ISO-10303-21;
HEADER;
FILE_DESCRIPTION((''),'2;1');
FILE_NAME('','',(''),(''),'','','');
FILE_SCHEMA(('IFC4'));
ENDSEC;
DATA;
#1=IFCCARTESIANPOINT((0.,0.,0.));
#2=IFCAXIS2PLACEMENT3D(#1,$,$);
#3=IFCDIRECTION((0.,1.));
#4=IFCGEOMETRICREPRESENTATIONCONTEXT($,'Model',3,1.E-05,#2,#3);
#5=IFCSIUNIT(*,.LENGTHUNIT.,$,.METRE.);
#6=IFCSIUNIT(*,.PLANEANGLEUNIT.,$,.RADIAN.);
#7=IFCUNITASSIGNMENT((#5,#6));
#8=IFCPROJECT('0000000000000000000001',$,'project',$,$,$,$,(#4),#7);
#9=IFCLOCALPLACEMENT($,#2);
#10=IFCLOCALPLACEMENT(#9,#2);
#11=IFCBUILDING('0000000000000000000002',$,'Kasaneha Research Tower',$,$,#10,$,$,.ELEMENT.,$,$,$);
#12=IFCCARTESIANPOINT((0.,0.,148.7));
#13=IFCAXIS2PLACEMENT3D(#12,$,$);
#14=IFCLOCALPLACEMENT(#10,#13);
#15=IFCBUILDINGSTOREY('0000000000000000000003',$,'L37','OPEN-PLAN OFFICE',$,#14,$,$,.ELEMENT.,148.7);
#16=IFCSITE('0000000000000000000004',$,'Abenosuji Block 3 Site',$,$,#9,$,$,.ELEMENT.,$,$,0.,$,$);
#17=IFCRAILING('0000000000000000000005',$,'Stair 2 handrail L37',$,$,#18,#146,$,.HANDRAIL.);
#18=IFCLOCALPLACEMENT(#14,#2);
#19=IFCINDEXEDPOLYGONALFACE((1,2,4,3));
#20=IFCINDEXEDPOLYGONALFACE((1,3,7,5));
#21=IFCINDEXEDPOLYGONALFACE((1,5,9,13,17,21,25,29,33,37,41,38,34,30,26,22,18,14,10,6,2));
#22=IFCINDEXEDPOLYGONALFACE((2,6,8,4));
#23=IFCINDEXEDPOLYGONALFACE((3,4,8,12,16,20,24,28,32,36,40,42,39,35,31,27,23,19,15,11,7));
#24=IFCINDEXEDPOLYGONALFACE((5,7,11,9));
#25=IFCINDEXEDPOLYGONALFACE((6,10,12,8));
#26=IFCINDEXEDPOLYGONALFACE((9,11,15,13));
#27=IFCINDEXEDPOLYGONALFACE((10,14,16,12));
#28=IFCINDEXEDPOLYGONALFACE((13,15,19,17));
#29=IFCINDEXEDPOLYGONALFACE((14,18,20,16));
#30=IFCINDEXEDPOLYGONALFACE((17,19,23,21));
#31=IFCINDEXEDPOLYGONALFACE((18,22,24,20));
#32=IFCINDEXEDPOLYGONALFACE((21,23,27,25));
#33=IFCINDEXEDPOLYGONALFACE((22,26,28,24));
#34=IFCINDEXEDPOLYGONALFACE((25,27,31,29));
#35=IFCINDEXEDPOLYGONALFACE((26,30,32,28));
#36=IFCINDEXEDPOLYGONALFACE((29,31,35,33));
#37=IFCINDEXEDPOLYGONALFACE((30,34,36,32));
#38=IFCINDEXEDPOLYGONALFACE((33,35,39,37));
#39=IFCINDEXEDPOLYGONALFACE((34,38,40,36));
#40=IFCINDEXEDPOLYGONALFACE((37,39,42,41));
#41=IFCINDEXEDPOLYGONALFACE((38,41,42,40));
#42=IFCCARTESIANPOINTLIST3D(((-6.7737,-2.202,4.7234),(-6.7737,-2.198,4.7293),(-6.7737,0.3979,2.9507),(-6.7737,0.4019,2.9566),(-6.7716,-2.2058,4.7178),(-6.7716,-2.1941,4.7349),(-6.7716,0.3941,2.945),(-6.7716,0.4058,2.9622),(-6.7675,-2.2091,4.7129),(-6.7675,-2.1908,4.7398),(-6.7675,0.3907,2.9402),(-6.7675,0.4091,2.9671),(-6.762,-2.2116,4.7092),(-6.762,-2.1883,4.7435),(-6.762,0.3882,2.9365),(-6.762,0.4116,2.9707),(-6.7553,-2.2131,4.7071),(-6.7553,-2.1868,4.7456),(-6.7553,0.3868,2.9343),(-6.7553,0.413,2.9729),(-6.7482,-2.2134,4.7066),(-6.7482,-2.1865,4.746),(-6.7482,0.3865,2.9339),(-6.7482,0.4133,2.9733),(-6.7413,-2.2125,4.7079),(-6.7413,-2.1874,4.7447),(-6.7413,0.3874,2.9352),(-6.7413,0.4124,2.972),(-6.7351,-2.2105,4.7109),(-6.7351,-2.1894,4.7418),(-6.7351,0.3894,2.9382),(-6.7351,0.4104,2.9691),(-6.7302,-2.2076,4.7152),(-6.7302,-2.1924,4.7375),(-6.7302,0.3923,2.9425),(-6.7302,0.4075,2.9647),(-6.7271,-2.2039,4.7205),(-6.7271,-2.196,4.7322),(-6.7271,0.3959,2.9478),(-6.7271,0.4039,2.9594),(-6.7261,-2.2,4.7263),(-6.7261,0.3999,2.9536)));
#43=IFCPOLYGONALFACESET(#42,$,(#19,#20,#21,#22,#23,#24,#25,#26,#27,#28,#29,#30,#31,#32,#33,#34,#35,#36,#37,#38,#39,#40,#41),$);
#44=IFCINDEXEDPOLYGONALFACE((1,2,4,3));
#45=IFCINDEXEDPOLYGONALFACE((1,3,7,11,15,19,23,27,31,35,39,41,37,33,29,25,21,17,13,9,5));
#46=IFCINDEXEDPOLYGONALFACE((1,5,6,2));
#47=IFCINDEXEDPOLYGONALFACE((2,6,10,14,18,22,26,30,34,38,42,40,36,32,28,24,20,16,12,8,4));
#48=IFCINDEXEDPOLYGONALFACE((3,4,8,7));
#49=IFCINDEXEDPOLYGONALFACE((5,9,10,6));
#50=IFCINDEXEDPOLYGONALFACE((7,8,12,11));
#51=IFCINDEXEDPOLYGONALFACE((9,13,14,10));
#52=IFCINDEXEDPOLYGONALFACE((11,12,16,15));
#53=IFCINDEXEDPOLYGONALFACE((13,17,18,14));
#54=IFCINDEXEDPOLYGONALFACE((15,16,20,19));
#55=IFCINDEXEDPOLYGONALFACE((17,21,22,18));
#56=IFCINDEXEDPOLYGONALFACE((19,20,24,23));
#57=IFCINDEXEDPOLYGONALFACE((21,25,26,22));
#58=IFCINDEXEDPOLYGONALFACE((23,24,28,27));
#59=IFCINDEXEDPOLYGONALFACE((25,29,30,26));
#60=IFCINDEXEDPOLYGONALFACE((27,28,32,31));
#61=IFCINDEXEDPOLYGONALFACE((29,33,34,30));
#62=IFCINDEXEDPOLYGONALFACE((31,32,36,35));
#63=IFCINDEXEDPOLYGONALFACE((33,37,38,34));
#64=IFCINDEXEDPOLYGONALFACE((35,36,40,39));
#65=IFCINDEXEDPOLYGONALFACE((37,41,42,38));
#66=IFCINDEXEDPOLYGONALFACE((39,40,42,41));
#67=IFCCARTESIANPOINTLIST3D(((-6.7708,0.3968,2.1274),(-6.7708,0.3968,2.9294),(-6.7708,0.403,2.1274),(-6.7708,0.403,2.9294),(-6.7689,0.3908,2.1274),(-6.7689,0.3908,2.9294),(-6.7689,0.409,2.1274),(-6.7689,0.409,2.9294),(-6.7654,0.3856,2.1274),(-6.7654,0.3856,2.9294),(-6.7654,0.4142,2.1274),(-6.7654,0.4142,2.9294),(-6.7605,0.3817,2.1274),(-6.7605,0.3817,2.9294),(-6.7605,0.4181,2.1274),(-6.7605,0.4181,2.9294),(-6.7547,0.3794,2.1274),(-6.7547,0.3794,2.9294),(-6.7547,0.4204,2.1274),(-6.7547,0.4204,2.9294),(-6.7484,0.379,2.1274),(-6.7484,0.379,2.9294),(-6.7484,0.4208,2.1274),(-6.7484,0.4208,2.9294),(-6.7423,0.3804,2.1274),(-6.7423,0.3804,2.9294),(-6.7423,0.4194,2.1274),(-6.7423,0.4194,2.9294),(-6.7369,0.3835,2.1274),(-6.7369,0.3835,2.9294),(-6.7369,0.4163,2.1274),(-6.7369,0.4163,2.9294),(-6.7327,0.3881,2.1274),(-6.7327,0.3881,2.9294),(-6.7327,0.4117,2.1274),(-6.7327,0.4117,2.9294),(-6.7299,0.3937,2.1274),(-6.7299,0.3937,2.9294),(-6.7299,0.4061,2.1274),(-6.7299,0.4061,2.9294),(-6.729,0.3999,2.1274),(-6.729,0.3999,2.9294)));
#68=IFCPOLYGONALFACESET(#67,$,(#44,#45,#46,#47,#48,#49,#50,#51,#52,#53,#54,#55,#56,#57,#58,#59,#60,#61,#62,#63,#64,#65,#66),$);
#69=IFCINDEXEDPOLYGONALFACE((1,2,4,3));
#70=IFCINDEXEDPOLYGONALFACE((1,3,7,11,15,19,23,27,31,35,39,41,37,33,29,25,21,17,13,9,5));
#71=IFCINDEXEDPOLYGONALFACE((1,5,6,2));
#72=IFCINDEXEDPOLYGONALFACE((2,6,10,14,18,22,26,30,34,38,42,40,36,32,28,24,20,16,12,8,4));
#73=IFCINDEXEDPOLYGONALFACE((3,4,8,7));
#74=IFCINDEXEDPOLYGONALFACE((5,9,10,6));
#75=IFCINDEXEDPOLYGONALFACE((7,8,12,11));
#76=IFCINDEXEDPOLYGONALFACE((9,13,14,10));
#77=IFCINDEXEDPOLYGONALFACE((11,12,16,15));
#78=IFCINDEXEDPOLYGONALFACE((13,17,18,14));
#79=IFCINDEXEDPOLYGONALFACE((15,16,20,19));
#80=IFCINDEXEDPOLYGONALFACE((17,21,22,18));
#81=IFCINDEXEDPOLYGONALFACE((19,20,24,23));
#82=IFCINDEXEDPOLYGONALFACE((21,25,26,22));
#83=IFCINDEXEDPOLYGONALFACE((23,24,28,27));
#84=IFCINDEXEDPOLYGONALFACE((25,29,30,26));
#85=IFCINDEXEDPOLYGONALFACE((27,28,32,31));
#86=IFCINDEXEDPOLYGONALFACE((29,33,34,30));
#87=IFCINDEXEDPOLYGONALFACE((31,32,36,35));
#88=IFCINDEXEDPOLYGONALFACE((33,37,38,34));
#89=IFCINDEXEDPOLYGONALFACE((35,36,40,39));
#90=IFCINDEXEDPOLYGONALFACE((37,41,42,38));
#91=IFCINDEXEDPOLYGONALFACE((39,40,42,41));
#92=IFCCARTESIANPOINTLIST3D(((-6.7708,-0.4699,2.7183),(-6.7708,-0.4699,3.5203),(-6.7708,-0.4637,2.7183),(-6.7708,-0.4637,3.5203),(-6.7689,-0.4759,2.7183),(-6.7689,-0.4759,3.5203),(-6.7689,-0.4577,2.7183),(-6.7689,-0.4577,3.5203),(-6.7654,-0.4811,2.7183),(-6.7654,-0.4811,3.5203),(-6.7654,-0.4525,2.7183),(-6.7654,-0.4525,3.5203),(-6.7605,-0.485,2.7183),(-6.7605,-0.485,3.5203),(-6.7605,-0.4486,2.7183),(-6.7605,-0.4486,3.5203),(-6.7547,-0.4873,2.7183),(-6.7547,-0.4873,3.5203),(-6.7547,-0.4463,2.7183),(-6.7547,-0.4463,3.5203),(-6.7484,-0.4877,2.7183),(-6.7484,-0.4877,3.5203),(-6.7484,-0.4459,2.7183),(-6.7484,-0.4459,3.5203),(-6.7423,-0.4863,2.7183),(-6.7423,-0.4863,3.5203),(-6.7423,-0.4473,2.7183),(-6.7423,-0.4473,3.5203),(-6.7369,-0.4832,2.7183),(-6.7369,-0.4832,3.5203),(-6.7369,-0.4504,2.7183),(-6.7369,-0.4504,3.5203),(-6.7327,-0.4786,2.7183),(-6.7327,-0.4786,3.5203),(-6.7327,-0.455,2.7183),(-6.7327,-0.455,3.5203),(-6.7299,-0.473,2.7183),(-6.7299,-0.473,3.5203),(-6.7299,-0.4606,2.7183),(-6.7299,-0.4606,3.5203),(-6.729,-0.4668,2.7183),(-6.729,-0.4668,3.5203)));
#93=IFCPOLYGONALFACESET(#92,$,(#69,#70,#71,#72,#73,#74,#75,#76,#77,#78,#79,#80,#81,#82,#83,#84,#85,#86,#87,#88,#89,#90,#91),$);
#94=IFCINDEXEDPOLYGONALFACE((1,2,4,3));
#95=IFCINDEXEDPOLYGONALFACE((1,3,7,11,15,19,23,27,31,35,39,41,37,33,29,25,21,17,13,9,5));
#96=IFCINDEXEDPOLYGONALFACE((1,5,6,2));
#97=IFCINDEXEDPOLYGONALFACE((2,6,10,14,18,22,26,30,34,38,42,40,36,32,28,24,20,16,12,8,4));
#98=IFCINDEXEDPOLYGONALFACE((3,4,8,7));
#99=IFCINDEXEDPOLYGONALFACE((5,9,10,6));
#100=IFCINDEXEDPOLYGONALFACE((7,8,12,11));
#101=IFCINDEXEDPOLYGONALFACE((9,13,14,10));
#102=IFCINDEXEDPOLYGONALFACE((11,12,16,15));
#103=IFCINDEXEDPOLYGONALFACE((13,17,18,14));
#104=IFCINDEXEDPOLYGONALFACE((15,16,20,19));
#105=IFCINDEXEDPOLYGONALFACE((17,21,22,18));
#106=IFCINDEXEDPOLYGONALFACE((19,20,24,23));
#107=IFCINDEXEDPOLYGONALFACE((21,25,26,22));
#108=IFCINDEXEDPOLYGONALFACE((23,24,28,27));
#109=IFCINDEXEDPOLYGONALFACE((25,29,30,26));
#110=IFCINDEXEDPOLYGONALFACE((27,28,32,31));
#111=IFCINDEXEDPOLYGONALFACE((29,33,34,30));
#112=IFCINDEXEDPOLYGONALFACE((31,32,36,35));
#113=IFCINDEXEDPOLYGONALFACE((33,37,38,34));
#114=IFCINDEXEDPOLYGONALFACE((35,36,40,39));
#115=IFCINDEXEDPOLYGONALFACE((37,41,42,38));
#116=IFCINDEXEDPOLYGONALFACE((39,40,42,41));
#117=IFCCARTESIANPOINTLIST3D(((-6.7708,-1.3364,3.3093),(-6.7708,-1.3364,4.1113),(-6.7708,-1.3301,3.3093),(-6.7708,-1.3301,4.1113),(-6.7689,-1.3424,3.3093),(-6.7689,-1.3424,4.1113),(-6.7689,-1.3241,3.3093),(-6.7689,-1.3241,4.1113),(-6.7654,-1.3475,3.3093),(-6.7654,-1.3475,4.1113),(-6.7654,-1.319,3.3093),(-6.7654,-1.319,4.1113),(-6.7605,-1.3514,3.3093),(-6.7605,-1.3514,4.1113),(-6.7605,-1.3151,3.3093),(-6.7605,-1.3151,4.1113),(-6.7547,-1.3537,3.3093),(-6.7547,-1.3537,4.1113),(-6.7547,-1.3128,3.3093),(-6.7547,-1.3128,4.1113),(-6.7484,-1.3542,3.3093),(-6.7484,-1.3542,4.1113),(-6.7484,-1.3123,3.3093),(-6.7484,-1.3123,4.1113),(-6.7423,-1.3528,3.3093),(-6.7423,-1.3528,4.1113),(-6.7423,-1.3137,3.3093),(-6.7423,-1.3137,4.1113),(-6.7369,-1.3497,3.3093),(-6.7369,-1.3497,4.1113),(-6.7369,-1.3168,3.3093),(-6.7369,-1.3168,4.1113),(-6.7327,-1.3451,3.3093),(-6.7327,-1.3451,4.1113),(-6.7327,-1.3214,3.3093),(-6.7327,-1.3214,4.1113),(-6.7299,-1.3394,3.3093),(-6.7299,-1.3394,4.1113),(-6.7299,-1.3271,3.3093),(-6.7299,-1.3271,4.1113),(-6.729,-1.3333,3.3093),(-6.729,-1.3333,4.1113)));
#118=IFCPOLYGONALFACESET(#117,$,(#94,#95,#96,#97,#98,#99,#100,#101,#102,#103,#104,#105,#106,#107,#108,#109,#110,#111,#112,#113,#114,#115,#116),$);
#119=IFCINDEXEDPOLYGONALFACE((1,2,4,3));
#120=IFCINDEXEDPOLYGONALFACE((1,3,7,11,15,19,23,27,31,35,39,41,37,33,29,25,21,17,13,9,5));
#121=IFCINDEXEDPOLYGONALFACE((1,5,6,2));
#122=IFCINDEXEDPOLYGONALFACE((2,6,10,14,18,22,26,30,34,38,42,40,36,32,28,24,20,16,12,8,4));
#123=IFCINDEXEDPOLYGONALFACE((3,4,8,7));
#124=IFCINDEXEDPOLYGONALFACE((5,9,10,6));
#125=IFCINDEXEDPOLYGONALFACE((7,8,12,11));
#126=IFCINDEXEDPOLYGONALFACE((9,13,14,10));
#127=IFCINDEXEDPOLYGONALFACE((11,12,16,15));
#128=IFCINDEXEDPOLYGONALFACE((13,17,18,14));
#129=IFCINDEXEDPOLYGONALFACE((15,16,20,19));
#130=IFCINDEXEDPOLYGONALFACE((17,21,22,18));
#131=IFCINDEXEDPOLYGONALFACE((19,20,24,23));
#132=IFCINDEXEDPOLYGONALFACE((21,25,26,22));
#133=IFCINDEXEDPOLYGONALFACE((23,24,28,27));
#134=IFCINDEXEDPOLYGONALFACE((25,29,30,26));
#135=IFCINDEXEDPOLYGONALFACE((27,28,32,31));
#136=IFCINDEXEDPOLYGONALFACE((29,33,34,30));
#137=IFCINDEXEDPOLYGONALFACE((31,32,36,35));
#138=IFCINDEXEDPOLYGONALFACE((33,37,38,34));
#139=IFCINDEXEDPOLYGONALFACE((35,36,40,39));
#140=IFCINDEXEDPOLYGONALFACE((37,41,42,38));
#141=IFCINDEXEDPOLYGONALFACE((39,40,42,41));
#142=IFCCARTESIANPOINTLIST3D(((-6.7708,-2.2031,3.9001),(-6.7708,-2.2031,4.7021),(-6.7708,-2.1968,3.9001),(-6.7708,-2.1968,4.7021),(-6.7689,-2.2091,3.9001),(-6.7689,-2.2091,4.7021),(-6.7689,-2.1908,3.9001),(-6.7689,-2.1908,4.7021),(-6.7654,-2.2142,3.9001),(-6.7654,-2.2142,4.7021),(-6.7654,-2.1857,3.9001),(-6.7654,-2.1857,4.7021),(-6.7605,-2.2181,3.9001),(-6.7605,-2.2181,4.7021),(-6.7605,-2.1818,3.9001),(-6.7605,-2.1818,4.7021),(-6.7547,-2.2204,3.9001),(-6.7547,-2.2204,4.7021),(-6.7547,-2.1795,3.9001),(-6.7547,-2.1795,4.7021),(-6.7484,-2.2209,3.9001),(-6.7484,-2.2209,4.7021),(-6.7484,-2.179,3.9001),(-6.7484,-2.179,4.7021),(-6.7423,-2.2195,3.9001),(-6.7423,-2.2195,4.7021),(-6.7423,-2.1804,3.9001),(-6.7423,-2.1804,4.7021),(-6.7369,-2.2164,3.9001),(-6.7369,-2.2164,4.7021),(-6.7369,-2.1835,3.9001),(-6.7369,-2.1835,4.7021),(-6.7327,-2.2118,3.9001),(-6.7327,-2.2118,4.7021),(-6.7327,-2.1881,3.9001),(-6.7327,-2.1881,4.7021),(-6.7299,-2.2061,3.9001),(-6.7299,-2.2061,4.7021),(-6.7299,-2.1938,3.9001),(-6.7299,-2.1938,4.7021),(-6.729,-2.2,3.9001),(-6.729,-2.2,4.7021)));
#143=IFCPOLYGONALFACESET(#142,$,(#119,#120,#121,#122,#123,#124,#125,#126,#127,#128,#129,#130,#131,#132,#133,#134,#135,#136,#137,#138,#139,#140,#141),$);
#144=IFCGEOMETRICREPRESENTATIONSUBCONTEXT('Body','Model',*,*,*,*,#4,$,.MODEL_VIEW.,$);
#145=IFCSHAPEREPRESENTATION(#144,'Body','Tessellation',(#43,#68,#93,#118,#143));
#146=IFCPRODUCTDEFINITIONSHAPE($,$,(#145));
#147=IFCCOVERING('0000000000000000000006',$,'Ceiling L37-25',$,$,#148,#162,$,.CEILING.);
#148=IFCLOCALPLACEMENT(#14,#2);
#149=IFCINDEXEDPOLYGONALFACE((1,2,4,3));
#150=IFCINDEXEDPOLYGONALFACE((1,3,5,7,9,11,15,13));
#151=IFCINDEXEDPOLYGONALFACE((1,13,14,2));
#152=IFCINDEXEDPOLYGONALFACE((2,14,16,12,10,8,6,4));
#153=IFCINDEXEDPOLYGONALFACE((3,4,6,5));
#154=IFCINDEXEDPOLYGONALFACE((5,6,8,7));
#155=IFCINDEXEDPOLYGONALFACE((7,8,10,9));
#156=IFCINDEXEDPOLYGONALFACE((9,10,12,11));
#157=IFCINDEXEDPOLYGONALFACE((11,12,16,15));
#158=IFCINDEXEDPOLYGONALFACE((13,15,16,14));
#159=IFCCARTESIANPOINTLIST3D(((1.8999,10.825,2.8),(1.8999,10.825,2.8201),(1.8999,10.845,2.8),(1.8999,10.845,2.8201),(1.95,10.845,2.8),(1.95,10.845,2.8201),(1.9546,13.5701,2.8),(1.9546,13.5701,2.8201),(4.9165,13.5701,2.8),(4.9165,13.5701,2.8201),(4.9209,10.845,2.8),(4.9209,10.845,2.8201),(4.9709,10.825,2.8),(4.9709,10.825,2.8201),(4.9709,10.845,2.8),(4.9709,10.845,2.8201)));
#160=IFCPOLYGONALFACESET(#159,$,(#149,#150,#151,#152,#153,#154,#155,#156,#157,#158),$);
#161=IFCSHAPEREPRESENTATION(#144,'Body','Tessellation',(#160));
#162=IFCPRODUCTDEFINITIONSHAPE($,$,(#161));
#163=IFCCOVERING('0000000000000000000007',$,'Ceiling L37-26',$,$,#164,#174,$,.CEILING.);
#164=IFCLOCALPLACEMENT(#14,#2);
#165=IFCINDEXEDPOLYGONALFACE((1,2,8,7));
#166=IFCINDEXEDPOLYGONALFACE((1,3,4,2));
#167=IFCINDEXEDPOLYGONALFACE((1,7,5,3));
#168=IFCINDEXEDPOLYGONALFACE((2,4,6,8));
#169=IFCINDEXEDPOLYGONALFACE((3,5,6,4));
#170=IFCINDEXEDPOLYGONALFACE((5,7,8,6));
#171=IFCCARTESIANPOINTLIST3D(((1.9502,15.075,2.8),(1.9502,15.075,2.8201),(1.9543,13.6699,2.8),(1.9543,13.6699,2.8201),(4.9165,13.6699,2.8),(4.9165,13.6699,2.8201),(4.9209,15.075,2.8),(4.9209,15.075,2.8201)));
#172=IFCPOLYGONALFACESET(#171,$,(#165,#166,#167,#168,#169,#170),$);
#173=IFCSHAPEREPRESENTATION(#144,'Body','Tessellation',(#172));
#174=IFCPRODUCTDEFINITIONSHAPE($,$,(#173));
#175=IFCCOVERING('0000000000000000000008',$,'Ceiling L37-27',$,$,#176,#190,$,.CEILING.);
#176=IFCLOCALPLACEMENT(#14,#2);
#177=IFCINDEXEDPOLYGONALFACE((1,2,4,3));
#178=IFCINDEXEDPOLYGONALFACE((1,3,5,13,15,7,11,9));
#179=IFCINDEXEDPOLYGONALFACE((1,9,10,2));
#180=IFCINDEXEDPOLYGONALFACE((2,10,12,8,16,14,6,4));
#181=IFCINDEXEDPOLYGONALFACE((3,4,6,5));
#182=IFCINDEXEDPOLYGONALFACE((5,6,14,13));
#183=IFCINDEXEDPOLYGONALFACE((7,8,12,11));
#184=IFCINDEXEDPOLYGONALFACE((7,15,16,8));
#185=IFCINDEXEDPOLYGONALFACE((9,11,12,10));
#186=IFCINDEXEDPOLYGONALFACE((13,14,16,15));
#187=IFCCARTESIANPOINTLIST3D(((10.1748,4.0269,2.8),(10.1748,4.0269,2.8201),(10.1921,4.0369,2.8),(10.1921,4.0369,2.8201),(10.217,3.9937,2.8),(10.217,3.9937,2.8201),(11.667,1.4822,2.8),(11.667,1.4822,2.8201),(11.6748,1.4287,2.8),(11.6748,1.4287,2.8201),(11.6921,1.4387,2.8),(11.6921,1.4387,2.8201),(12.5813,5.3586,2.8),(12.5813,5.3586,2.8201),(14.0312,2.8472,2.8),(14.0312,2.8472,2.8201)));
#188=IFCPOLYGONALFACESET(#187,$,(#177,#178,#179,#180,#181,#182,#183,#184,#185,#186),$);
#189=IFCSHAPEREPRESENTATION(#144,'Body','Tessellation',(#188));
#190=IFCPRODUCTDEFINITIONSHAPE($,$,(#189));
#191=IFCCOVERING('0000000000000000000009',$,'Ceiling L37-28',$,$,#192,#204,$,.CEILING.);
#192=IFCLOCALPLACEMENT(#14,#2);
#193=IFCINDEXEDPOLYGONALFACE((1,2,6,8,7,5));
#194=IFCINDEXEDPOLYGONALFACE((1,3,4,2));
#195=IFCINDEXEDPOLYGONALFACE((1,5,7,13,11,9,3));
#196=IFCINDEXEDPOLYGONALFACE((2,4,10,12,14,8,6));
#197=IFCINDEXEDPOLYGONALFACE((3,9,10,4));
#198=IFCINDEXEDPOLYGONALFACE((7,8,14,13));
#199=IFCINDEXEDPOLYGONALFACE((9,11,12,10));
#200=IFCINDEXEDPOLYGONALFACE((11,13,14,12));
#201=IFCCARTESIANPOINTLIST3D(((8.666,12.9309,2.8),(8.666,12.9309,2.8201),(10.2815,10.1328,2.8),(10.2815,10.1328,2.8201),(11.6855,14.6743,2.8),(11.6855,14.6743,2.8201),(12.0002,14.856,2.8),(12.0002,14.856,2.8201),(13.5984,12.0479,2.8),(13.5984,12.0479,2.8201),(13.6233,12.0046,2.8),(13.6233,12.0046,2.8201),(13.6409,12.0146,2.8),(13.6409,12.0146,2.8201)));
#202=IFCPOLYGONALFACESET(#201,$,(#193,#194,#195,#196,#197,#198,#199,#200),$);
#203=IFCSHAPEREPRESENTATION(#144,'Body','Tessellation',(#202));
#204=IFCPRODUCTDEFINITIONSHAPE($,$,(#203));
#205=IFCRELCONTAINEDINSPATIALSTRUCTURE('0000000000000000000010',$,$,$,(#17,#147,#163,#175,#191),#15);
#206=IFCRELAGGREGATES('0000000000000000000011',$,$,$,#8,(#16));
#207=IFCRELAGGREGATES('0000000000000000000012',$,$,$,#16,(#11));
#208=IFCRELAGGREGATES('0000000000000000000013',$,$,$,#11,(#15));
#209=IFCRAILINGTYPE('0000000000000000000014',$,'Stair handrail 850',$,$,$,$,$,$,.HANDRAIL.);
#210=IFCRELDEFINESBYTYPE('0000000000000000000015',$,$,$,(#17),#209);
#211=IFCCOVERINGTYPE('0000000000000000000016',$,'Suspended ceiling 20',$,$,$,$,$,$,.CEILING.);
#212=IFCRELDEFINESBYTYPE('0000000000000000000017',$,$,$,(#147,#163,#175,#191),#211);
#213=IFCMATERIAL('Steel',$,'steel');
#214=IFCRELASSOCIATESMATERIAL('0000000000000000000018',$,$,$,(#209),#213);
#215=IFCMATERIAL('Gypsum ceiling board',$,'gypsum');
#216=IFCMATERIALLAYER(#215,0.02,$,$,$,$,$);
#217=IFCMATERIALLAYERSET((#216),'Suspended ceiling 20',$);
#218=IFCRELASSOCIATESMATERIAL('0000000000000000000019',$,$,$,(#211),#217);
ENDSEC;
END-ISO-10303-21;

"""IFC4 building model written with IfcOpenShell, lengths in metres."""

from ifc_helpers import new_model, si_unit, direction, frame, origin, origin_2d, place, context, subcontext, project, spatial, polyline, circle, outline, extrude, material, layer, layer_set, type_object, element, save


model = new_model("IFC4")

# Units and contexts
model_context = context("Model", 3, precision=1e-05, world=origin(), true_north=direction((0.0, 1.0)))
body_context = subcontext(model_context, "Body", "Model", "MODEL_VIEW")
ifc_project = project(units=[si_unit("LENGTHUNIT", "METRE"), si_unit("PLANEANGLEUNIT", "RADIAN")], contexts=[model_context])

# Site, building, storey
site_placement = place(None, origin())
site = spatial("IfcSite", under=ifc_project, at=site_placement, Name="Abenosuji Block 3 Site", CompositionType="ELEMENT", RefElevation=0.0)
building_placement = place(site_placement, origin())
building = spatial("IfcBuilding", under=site, at=building_placement, Name="Kasaneha Research Tower", CompositionType="ELEMENT")
storey_placement = place(building_placement, frame((0.0, 0.0, 148.7)))
storey = spatial("IfcBuildingStorey", under=building, at=storey_placement, Name="L37", Description="OPEN-PLAN OFFICE", CompositionType="ELEMENT", Elevation=148.7)

# Railing
ifc_material_1 = material(Name="Steel", Category="steel")
railing_type_1 = type_object("IfcRailingType", Name="Stair handrail 850", PredefinedType="HANDRAIL", material=ifc_material_1)
railing_1_placement = place(storey_placement, frame((-6.75, 0.3999, 2.1274)))
element("IfcRailing", 1, at=railing_1_placement, inside=storey, type_object=railing_type_1, Name="Stair 2 handrail L37", PredefinedType="HANDRAIL", context=body_context, shape_type="SweptSolid", body=[
    extrude(circle(Radius=0.0239, at=origin_2d()), frame((0.0, 0.0, 0.8262), z_axis=(0.0, -0.826216, 0.563354), x_axis=(1.0, 0.0, 0.0)), (0.0, 0.0, 1.0), 3.1467),
    extrude(circle(Radius=0.021, at=origin_2d()), origin(), (0.0, 0.0, 1.0), 0.802),
    extrude(circle(Radius=0.021, at=origin_2d()), frame((0.0, -0.8667, 0.5908)), (0.0, 0.0, 1.0), 0.802),
    extrude(circle(Radius=0.021, at=origin_2d()), frame((0.0, -1.7332, 1.1819)), (0.0, 0.0, 1.0), 0.802),
    extrude(circle(Radius=0.021, at=origin_2d()), frame((0.0, -2.5999, 1.7727)), (0.0, 0.0, 1.0), 0.802),
])

# Coverings
ifc_material_2 = material(Name="Gypsum ceiling board", Category="gypsum")
ifc_layer_1 = layer(ifc_material_2, 0.02)
ifc_layer_set_1 = layer_set([ifc_layer_1], Name="Suspended ceiling 20")
covering_type_1 = type_object("IfcCoveringType", Name="Suspended ceiling 20", PredefinedType="CEILING", material=ifc_layer_set_1)
covering_1_placement = place(storey_placement, frame((0.0, 0.0, 2.8)))
element("IfcCovering", 2, at=covering_1_placement, inside=storey, type_object=covering_type_1, Name="Ceiling L37-25", PredefinedType="CEILING", context=body_context, shape_type="SweptSolid", body=[
    extrude(outline(polyline([(1.8999, 10.825), (1.8999, 10.845), (1.95, 10.845), (1.9546, 13.5701), (4.9165, 13.5701), (4.9209, 10.845), (4.9709, 10.845), (4.9709, 10.825), (1.8999, 10.825)])), origin(), (0.0, 0.0, 1.0), 0.02),
])
covering_2_placement = place(storey_placement, frame((0.0, 0.0, 2.8)))
element("IfcCovering", 3, at=covering_2_placement, inside=storey, type_object=covering_type_1, Name="Ceiling L37-26", PredefinedType="CEILING", context=body_context, shape_type="SweptSolid", body=[
    extrude(outline(polyline([(4.9165, 13.6699), (1.9543, 13.6699), (1.9502, 15.075), (4.9209, 15.075), (4.9165, 13.6699)])), origin(), (0.0, 0.0, 1.0), 0.02),
])
covering_3_placement = place(storey_placement, frame((0.0, 0.0, 2.8)))
element("IfcCovering", 4, at=covering_3_placement, inside=storey, type_object=covering_type_1, Name="Ceiling L37-27", PredefinedType="CEILING", context=body_context, shape_type="SweptSolid", body=[
    extrude(outline(polyline([(10.1748, 4.0269), (10.1921, 4.0369), (10.217, 3.9937), (12.5813, 5.3586), (14.0312, 2.8472), (11.667, 1.4822), (11.6921, 1.4387), (11.6748, 1.4287), (10.1748, 4.0269)])), origin(), (0.0, 0.0, 1.0), 0.02),
])
covering_4_placement = place(storey_placement, frame((0.0, 0.0, 2.8)))
element("IfcCovering", 5, at=covering_4_placement, inside=storey, type_object=covering_type_1, Name="Ceiling L37-28", PredefinedType="CEILING", context=body_context, shape_type="SweptSolid", body=[
    extrude(outline(polyline([(13.6409, 12.0146), (13.6233, 12.0046), (13.5984, 12.0479), (10.2815, 10.1328), (8.666, 12.9309), (11.6855, 14.6743), (12.0002, 14.856), (13.6409, 12.0146)])), origin(), (0.0, 0.0, 1.0), 0.02),
])

save(model, "model.ifc")
